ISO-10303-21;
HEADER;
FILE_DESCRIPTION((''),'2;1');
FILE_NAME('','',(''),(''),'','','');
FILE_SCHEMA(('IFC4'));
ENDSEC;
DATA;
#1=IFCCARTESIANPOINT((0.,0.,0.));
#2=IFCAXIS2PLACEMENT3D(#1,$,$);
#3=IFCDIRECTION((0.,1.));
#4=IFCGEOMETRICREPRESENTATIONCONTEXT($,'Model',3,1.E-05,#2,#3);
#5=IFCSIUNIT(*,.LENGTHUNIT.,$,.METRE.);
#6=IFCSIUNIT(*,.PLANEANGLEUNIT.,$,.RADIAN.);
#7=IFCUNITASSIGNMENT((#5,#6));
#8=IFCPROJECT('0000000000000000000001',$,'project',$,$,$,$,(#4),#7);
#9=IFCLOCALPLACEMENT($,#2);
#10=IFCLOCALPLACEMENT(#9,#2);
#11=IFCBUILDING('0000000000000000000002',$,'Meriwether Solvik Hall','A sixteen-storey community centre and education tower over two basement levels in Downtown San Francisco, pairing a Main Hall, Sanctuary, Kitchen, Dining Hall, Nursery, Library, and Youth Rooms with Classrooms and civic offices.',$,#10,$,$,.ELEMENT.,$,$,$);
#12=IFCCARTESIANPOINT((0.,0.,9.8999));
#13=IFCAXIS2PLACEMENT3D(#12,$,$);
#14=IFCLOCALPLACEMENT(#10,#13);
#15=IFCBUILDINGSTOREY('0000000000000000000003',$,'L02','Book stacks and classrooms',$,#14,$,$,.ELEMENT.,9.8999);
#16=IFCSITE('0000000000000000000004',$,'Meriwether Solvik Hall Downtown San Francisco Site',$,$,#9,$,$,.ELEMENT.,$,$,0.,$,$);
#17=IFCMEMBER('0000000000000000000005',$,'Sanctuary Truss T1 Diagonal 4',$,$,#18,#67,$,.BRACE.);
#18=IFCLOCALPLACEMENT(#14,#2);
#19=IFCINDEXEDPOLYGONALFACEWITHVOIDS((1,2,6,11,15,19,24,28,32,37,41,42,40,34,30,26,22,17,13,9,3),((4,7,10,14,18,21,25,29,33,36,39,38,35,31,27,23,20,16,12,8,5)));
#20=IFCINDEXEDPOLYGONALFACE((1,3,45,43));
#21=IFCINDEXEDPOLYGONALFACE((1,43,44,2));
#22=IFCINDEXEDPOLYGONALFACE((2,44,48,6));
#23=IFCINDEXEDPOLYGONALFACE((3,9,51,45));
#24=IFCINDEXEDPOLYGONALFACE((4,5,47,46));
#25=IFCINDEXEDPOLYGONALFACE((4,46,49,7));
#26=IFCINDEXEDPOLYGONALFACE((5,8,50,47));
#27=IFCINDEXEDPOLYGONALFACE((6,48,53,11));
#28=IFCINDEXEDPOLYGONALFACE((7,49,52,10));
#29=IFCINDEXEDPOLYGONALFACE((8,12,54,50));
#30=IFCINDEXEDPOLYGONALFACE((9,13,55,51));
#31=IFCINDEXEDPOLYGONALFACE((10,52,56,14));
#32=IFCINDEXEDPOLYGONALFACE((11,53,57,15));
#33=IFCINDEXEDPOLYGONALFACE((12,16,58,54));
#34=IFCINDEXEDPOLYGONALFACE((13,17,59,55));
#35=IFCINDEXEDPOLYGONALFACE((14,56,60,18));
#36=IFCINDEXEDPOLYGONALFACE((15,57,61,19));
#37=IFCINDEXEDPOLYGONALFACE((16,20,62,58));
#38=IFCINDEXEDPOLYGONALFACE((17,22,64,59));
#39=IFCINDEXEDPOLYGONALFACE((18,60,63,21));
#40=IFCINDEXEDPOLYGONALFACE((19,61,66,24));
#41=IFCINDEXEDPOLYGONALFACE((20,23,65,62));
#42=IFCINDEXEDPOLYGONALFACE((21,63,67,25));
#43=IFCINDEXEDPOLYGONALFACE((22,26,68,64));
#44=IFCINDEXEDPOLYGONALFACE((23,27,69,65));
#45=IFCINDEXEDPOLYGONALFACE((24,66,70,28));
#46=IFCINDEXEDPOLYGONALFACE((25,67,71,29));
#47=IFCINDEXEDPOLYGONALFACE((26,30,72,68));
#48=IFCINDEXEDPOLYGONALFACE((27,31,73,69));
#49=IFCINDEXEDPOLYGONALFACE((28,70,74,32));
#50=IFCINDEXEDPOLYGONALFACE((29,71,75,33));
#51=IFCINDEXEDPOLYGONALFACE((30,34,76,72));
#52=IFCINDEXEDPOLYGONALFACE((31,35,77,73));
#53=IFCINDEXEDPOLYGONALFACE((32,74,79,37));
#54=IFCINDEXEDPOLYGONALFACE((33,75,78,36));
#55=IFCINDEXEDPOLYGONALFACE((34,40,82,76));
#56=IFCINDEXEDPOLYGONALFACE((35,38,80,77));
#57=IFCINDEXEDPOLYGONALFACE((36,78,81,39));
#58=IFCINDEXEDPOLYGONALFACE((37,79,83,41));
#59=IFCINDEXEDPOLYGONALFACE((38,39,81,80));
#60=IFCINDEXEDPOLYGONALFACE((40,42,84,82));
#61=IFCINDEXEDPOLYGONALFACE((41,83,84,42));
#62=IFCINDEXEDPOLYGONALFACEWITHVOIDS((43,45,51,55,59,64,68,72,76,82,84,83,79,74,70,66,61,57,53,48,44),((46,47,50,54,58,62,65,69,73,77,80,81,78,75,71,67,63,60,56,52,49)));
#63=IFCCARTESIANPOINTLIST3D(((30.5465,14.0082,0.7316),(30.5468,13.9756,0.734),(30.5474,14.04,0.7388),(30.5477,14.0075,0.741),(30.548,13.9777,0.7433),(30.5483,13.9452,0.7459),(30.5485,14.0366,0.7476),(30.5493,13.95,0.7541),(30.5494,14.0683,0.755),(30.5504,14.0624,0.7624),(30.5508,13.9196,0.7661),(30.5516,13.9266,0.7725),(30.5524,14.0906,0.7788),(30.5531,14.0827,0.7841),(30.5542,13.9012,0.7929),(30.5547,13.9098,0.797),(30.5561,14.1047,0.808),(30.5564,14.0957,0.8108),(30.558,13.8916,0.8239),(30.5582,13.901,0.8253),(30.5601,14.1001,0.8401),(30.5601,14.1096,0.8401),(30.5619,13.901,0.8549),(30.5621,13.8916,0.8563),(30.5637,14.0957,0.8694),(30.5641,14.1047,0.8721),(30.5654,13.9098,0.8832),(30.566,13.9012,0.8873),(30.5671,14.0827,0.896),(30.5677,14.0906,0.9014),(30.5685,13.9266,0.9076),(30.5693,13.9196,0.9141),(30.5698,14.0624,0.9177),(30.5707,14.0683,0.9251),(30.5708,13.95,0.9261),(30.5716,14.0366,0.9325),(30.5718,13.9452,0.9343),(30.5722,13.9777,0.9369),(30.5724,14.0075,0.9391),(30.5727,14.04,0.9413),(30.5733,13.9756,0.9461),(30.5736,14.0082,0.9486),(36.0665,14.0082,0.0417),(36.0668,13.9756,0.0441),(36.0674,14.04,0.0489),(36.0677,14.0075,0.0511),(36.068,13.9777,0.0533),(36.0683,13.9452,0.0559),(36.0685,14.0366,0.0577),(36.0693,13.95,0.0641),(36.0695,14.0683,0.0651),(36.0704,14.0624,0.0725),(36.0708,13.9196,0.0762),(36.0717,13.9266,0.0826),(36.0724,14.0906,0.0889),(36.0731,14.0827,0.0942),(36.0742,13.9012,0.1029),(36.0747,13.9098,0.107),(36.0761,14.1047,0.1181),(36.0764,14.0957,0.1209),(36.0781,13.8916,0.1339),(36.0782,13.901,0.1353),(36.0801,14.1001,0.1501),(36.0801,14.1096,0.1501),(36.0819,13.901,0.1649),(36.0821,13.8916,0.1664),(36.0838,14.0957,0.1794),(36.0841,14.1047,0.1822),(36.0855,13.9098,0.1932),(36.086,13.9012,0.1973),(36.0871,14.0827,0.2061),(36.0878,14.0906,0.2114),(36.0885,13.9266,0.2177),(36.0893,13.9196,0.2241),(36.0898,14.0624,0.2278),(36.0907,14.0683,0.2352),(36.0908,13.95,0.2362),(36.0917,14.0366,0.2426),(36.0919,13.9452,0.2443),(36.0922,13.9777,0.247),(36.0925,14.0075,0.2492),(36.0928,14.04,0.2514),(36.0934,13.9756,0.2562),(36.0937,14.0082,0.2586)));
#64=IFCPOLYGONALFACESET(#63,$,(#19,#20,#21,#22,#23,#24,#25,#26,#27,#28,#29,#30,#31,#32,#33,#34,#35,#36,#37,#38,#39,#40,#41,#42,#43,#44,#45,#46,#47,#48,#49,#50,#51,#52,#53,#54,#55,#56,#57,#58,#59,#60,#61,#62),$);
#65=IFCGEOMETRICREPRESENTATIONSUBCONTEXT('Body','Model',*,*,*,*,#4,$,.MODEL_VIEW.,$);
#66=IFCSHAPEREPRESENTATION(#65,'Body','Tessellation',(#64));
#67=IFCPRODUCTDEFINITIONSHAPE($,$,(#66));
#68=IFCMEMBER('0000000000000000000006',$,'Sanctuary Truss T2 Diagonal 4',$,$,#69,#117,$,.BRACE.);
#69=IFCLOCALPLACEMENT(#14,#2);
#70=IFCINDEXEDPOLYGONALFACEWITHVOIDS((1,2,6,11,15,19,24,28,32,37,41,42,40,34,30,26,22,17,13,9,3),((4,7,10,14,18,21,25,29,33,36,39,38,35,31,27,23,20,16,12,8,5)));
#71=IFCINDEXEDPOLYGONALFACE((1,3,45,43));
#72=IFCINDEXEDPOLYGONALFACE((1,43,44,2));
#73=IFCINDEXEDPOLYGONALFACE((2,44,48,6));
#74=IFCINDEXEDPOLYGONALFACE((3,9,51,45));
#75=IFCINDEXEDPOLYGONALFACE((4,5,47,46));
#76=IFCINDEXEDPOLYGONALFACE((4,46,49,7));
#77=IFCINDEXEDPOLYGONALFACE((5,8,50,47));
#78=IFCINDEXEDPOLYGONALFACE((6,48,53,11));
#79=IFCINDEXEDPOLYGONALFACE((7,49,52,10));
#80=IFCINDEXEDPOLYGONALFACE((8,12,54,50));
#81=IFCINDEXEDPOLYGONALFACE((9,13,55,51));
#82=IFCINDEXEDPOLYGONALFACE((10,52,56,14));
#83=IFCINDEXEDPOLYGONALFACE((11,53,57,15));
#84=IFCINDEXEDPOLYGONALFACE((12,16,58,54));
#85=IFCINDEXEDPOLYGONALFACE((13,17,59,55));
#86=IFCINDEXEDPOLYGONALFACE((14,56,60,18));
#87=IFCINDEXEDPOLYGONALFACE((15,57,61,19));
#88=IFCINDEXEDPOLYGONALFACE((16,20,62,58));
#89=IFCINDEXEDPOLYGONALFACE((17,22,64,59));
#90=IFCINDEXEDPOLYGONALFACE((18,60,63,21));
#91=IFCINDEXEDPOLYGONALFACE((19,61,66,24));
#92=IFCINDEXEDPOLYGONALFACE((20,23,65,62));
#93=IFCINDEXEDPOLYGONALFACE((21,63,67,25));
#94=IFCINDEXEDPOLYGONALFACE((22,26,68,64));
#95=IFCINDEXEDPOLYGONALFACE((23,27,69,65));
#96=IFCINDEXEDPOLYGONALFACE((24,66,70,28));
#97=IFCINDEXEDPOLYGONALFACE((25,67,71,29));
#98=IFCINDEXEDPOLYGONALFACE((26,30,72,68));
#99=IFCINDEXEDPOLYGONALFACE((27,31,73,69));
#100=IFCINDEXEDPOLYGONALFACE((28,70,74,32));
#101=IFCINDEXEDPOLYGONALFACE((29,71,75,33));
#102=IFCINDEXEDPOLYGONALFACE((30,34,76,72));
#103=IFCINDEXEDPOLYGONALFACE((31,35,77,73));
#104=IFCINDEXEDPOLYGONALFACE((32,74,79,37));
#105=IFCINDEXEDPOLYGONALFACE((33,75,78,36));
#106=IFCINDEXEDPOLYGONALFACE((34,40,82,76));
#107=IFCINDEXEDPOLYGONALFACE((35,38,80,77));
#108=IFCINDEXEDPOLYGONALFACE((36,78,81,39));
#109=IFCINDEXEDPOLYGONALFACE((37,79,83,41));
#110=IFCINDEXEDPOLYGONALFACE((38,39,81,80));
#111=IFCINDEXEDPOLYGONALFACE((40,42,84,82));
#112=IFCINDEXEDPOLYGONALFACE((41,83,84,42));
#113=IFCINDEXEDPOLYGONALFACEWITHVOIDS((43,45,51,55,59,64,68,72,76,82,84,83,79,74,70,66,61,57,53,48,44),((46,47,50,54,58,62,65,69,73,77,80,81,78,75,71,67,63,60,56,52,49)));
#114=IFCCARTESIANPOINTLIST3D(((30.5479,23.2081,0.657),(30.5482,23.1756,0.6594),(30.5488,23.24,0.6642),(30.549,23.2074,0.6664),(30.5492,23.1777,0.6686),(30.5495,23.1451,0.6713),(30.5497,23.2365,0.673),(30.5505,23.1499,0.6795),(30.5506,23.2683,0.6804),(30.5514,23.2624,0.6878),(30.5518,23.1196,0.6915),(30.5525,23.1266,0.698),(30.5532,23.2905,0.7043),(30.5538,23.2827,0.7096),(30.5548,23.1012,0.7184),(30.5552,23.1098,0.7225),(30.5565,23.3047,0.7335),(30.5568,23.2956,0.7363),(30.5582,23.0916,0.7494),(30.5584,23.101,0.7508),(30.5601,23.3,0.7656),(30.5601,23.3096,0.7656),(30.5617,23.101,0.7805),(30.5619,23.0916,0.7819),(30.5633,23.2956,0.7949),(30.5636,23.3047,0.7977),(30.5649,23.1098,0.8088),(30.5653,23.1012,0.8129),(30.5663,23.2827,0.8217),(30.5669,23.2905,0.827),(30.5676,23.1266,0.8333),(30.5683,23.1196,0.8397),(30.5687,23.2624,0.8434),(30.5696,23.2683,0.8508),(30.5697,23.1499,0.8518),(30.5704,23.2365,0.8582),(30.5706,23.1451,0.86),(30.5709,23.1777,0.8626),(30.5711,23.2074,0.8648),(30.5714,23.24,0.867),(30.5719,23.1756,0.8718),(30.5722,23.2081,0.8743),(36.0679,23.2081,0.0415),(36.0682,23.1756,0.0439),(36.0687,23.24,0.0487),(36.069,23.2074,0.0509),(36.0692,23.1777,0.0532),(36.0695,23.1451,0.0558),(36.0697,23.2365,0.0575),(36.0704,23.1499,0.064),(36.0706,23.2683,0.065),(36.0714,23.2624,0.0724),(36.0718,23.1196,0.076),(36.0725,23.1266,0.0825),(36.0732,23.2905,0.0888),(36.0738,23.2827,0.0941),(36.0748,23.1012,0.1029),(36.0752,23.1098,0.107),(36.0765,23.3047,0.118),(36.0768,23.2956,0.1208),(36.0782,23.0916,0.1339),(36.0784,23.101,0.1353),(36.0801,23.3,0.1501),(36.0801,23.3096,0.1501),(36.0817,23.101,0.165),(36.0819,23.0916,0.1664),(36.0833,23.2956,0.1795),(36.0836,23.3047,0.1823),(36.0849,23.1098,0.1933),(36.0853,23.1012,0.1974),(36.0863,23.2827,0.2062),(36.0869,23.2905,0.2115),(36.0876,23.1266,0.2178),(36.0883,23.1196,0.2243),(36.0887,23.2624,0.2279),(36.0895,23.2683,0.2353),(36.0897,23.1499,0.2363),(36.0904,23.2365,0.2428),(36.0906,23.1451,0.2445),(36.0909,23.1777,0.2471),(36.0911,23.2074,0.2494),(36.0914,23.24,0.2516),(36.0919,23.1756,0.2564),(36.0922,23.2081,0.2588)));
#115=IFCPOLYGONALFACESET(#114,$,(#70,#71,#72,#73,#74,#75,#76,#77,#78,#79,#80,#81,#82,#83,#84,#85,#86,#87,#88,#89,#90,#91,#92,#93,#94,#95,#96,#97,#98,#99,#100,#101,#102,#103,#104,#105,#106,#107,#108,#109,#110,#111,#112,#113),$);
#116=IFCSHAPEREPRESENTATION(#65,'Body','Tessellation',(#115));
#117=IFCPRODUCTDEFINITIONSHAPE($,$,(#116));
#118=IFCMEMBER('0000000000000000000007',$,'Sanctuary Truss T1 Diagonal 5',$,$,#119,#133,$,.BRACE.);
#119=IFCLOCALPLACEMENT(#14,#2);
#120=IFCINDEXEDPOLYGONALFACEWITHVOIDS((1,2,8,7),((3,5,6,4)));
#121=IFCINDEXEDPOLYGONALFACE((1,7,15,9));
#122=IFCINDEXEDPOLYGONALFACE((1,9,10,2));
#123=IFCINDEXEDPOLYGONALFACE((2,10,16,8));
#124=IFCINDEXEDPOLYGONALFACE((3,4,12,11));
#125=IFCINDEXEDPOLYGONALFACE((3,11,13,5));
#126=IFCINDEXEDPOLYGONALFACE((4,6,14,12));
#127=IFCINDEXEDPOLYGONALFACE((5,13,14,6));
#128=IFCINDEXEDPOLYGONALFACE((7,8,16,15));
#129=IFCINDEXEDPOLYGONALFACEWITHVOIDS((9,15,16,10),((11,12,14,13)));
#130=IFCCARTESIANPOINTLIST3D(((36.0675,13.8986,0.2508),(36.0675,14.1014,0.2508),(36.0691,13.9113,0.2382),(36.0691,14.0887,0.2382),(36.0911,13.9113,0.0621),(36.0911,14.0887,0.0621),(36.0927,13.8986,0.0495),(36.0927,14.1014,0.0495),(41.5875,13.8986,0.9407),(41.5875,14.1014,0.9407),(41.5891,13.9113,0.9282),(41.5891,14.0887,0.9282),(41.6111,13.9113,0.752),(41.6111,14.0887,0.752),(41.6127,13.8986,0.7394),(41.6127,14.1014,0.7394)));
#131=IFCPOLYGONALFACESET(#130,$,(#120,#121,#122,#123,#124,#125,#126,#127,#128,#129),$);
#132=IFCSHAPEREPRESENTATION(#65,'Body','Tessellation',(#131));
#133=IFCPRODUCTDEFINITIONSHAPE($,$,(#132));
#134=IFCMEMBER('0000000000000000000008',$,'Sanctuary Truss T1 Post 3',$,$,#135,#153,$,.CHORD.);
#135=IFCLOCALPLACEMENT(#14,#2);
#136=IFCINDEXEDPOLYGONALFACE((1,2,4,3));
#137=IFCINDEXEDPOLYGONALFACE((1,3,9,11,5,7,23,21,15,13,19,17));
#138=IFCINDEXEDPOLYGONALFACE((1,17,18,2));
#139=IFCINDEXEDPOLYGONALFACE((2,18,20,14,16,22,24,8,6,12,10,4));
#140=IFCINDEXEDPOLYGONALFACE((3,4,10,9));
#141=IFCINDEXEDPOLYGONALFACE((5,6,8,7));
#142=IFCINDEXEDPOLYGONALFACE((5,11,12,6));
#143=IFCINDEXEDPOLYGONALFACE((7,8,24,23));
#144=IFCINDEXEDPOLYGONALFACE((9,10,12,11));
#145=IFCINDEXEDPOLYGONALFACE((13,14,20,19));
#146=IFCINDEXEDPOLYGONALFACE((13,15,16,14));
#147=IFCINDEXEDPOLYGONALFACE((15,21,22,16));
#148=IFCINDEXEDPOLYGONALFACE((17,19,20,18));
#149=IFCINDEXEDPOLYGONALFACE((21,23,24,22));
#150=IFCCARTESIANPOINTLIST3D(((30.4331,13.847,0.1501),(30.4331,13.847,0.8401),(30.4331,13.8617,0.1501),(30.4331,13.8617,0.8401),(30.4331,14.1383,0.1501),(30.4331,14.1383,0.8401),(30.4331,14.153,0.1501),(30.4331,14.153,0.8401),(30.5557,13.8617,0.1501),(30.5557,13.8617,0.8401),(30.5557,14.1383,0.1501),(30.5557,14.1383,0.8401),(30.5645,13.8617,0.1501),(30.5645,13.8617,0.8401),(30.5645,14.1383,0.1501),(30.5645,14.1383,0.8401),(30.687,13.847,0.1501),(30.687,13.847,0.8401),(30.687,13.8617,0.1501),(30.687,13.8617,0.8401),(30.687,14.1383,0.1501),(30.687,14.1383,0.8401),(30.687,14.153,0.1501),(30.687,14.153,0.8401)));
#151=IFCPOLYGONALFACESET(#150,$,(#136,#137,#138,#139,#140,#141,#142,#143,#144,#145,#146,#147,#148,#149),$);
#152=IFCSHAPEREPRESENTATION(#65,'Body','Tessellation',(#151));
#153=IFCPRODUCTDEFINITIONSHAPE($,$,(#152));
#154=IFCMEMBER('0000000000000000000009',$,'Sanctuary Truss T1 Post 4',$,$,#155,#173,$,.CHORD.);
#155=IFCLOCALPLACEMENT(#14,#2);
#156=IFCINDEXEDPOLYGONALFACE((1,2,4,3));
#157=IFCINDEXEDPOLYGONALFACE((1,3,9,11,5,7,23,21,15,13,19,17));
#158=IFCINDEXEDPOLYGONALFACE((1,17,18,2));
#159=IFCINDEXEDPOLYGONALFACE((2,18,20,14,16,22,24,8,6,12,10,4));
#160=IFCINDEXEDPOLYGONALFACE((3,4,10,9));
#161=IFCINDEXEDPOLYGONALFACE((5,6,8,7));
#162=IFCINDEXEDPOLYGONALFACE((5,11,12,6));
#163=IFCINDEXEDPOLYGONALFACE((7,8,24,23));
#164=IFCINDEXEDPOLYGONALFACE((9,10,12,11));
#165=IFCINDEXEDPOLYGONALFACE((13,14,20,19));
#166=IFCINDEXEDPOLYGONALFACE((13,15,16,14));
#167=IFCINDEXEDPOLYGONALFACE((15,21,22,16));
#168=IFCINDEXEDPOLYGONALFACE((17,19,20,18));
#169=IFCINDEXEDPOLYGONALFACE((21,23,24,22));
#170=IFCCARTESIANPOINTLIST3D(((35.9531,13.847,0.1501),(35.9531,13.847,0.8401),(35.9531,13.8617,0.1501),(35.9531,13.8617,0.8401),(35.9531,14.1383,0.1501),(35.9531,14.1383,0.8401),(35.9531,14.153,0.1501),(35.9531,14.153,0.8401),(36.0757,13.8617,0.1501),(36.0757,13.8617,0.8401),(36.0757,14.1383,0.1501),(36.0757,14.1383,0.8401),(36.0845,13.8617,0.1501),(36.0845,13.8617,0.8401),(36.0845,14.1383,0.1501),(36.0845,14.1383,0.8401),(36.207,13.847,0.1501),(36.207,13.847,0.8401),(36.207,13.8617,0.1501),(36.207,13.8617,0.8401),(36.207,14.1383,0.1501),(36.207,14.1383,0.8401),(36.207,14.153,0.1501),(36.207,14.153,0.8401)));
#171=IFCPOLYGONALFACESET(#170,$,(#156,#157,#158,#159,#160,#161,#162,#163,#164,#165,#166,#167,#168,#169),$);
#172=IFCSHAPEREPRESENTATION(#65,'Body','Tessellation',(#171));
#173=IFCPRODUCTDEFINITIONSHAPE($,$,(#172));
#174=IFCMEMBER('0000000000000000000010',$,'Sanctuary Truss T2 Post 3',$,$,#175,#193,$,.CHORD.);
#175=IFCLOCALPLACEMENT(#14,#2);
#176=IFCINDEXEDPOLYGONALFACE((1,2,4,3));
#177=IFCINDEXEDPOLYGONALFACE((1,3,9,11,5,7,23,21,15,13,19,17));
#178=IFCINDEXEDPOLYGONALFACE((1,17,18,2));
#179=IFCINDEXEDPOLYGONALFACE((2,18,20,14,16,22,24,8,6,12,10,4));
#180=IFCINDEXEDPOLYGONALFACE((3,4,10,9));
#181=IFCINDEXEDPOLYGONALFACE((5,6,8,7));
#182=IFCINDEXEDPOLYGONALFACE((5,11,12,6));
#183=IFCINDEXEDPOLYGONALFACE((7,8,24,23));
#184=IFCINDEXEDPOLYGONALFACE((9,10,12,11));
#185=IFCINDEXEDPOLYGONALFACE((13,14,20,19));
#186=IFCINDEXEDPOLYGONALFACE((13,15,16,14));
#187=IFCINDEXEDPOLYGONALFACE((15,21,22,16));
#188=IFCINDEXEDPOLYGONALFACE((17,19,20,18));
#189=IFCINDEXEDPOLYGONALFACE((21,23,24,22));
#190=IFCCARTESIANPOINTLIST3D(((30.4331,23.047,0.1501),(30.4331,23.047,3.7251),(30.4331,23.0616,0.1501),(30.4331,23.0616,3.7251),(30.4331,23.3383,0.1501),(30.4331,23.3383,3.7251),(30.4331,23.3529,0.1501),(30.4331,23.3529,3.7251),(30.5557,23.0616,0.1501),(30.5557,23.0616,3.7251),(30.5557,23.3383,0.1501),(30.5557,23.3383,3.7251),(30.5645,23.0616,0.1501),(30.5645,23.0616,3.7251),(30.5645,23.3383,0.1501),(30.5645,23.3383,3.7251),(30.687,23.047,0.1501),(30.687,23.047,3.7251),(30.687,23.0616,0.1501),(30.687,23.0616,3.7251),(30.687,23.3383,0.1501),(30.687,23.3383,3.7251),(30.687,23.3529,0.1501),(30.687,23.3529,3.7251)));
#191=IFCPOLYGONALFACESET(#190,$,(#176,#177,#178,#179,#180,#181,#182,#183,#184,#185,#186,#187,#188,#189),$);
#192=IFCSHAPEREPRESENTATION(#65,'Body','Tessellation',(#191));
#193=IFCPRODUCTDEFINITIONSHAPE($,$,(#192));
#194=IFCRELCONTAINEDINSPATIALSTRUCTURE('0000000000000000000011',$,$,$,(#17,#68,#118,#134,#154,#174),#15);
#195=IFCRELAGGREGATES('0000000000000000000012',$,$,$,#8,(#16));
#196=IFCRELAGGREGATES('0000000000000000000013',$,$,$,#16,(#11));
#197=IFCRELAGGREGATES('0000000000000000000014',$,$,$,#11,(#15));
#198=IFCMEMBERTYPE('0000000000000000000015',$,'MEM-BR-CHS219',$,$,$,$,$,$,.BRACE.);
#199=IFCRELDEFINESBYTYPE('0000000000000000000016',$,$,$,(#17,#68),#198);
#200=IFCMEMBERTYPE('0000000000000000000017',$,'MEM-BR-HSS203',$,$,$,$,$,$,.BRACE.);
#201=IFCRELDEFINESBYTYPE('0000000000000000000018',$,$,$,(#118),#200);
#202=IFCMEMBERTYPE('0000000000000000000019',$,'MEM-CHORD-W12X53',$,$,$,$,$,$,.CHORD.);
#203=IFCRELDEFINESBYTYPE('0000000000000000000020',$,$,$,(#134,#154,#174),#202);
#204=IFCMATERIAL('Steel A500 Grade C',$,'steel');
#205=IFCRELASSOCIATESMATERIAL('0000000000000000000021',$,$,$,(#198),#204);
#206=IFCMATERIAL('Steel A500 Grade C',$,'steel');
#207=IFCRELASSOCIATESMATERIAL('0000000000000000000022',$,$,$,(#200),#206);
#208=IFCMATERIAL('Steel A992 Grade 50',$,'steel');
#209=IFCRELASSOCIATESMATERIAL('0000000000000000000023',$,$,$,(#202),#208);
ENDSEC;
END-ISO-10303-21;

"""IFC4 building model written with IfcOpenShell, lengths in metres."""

from ifc_helpers import new_model, si_unit, direction, frame, origin, origin_2d, place, context, subcontext, project, spatial, hollow_rectangle, hollow_circle, i_section, extrude, material, material_profile, profile_set, type_object, element, save


model = new_model("IFC4")

# Units and contexts
model_context = context("Model", 3, precision=1e-05, world=origin(), true_north=direction((0.0, 1.0)))
body_context = subcontext(model_context, "Body", "Model", "MODEL_VIEW")
ifc_project = project(units=[si_unit("LENGTHUNIT", "METRE"), si_unit("PLANEANGLEUNIT", "RADIAN")], contexts=[model_context])

# Site, building, storey
site_placement = place(None, origin())
site = spatial("IfcSite", under=ifc_project, at=site_placement, Name="Meriwether Solvik Hall Downtown San Francisco Site", CompositionType="ELEMENT", RefElevation=0.0)
building_placement = place(site_placement, origin())
building = spatial("IfcBuilding", under=site, at=building_placement, Name="Meriwether Solvik Hall", Description="A sixteen-storey community centre and education tower over two basement levels in Downtown San Francisco, pairing a Main Hall, Sanctuary, Kitchen, Dining Hall, Nursery, Library, and Youth Rooms with Classrooms and civic offices.", CompositionType="ELEMENT")
storey_placement = place(building_placement, frame((0.0, 0.0, 9.8999)))
storey = spatial("IfcBuildingStorey", under=building, at=storey_placement, Name="L02", Description="Book stacks and classrooms", CompositionType="ELEMENT", Elevation=9.8999)

# Members
ifc_material_1 = material(Name="Steel A500 Grade C", Category="steel")
ifc_material_profile_1 = material_profile(ifc_material_1, hollow_circle(Radius=0.1096, WallThickness=0.0095, at=origin_2d()), Name="CHS219X9.5")
ifc_profile_set_1 = profile_set([ifc_material_profile_1], Name="Steel A500 Grade C")
member_type_1 = type_object("IfcMemberType", Name="MEM-BR-CHS219", PredefinedType="BRACE", material=ifc_profile_set_1)
member_1_placement = place(storey_placement, frame((30.5601, 14.0, 0.8401), z_axis=(0.992279, 0.0, -0.124024), x_axis=(0.0, 1.0, 0.0)))
element("IfcMember", 1, at=member_1_placement, inside=storey, type_object=member_type_1, Name="Sanctuary Truss T1 Diagonal 4", PredefinedType="BRACE", context=body_context, shape_type="SweptSolid", body=[
    extrude(hollow_circle(Radius=0.1096, WallThickness=0.0095, at=origin_2d()), origin(), (0.0, 0.0, 1.0), 5.563),
])
member_2_placement = place(storey_placement, frame((30.5601, 23.2, 0.7656), z_axis=(0.993841, 0.0, -0.110813), x_axis=(0.0, 1.0, 0.0)))
element("IfcMember", 2, at=member_2_placement, inside=storey, type_object=member_type_1, Name="Sanctuary Truss T2 Diagonal 4", PredefinedType="BRACE", context=body_context, shape_type="SweptSolid", body=[
    extrude(hollow_circle(Radius=0.1096, WallThickness=0.0095, at=origin_2d()), origin(), (0.0, 0.0, 1.0), 5.5542),
])
ifc_material_2 = material(Name="Steel A500 Grade C", Category="steel")
ifc_material_profile_2 = material_profile(ifc_material_2, hollow_rectangle(XDim=0.2029, YDim=0.2029, WallThickness=0.0127, at=origin_2d()), Name="HSS203X203X12.7")
ifc_profile_set_2 = profile_set([ifc_material_profile_2], Name="Steel A500 Grade C")
member_type_2 = type_object("IfcMemberType", Name="MEM-BR-HSS203", PredefinedType="BRACE", material=ifc_profile_set_2)
member_3_placement = place(storey_placement, frame((36.0801, 14.0, 0.1501), z_axis=(0.992279, 0.0, 0.124024), x_axis=(0.0, 1.0, 0.0)))
element("IfcMember", 3, at=member_3_placement, inside=storey, type_object=member_type_2, Name="Sanctuary Truss T1 Diagonal 5", PredefinedType="BRACE", context=body_context, shape_type="SweptSolid", body=[
    extrude(hollow_rectangle(XDim=0.2029, YDim=0.2029, WallThickness=0.0127, at=origin_2d()), origin(), (0.0, 0.0, 1.0), 5.563),
])
ifc_material_3 = material(Name="Steel A992 Grade 50", Category="steel")
ifc_material_profile_3 = material_profile(ifc_material_3, i_section(OverallWidth=0.2539, OverallDepth=0.3059, WebThickness=0.0088, FlangeThickness=0.0146, at=origin_2d()), Name="W12X53")
ifc_profile_set_3 = profile_set([ifc_material_profile_3], Name="Steel A992 Grade 50")
member_type_3 = type_object("IfcMemberType", Name="MEM-CHORD-W12X53", PredefinedType="CHORD", material=ifc_profile_set_3)
for number, where, z_axis, x_axis, name in (
    (4, (30.5601, 14.0, 0.1501), (0.0, 0.0, 1.0), (1.0, 0.0, 0.0), "Sanctuary Truss T1 Post 3"),
    (5, (36.0801, 14.0, 0.1501), (0.0, 0.0, 1.0), (1.0, 0.0, 0.0), "Sanctuary Truss T1 Post 4"),
):
    element("IfcMember", number, at=place(storey_placement, frame(where, z_axis=z_axis, x_axis=x_axis)), inside=storey, type_object=member_type_3, Name=name, PredefinedType="CHORD", context=body_context, shape_type="SweptSolid", body=[
        extrude(i_section(OverallWidth=0.2539, OverallDepth=0.3059, WebThickness=0.0088, FlangeThickness=0.0146, at=origin_2d()), origin(), (0.0, 0.0, 1.0), 0.6899),
    ])
member_4_placement = place(storey_placement, frame((30.5601, 23.2, 0.1501), z_axis=(0.0, 0.0, 1.0), x_axis=(1.0, 0.0, 0.0)))
element("IfcMember", 6, at=member_4_placement, inside=storey, type_object=member_type_3, Name="Sanctuary Truss T2 Post 3", PredefinedType="CHORD", context=body_context, shape_type="SweptSolid", body=[
    extrude(i_section(OverallWidth=0.2539, OverallDepth=0.3059, WebThickness=0.0088, FlangeThickness=0.0146, at=origin_2d()), origin(), (0.0, 0.0, 1.0), 3.575),
])

save(model, "model.ifc")
